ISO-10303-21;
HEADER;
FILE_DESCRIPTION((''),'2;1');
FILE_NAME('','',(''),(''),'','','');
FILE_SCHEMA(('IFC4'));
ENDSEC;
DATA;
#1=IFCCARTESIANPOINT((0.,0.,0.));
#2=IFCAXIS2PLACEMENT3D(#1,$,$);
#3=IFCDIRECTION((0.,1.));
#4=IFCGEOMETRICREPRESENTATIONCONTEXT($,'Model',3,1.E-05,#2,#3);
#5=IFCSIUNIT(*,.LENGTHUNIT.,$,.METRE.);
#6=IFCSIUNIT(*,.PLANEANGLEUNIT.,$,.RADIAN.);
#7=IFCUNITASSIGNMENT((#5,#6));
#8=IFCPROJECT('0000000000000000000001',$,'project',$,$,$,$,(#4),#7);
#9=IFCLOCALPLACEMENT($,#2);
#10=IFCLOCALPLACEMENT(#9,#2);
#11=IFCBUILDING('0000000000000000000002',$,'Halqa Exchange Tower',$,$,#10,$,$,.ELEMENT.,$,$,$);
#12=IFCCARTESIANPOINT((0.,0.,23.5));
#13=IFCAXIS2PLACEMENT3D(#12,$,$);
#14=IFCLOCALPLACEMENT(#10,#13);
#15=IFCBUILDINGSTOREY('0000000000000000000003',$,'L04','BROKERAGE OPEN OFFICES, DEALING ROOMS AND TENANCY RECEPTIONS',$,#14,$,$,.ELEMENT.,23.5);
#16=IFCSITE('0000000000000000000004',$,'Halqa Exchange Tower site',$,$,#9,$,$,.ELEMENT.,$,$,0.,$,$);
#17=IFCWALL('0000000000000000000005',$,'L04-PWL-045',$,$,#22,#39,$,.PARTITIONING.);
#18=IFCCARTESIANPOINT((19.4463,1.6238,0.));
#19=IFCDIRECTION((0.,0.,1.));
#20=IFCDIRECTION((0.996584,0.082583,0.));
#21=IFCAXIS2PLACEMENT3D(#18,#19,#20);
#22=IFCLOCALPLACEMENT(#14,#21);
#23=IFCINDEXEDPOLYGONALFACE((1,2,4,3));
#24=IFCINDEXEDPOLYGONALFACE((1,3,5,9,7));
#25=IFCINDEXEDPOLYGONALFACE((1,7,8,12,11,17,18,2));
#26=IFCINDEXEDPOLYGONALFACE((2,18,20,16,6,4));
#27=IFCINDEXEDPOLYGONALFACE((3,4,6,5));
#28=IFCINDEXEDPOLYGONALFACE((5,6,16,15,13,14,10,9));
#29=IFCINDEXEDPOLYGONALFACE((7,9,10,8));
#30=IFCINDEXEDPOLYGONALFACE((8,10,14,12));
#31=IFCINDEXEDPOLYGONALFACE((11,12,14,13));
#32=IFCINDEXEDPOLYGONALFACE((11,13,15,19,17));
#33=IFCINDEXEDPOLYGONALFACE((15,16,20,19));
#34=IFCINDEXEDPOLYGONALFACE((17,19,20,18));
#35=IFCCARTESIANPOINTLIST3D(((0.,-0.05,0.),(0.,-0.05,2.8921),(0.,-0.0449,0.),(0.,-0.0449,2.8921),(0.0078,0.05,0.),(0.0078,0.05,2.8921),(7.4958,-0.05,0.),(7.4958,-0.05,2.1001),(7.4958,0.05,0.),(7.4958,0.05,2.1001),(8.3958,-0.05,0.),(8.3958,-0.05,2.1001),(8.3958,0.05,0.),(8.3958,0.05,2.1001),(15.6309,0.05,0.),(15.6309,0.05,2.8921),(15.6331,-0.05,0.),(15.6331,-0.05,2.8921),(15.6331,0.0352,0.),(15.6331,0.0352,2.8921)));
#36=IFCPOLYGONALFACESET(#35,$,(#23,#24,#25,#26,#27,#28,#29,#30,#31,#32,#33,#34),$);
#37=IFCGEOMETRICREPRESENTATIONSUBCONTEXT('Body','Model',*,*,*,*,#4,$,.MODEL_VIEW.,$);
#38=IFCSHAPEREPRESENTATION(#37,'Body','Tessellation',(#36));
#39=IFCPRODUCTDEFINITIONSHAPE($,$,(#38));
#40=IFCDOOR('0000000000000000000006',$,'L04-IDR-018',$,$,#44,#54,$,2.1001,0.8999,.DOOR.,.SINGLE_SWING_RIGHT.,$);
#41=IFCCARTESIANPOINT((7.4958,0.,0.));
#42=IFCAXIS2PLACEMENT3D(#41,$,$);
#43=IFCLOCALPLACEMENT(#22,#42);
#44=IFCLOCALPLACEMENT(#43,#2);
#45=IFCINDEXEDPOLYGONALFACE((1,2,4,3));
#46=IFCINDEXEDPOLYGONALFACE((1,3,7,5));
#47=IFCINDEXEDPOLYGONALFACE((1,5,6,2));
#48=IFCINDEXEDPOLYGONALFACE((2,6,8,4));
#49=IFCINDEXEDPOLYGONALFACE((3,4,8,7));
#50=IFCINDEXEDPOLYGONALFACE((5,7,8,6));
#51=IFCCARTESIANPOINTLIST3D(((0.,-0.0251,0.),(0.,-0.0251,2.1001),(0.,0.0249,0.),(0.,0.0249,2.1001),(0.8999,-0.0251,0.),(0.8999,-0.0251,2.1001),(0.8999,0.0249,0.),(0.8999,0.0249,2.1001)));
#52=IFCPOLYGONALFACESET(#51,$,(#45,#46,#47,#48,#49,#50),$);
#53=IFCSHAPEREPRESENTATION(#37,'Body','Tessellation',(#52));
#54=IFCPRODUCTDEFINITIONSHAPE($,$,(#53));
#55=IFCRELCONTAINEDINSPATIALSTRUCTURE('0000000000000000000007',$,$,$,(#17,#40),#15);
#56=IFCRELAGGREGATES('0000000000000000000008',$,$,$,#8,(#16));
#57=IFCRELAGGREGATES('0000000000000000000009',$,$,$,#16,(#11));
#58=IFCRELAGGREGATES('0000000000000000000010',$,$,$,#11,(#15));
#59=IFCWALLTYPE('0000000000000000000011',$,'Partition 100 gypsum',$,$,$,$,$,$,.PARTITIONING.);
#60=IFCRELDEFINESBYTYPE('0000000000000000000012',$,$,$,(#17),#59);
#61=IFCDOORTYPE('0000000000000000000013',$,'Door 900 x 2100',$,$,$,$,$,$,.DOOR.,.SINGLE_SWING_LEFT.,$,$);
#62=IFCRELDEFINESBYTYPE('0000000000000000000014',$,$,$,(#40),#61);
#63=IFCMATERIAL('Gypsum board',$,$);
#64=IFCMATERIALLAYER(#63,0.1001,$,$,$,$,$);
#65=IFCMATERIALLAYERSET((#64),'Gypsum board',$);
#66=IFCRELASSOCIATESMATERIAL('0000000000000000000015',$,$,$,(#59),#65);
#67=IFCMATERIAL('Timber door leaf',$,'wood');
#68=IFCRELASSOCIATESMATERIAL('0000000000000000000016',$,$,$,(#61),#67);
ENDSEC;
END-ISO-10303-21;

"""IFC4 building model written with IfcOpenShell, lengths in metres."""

from ifc_helpers import new_model, si_unit, direction, frame, frame_2d, origin, place, context, subcontext, project, spatial, polyline, rectangle, outline, extrude, material, layer, layer_set, type_object, element, fill, save


model = new_model("IFC4")

# Units and contexts
model_context = context("Model", 3, precision=1e-05, world=origin(), true_north=direction((0.0, 1.0)))
body_context = subcontext(model_context, "Body", "Model", "MODEL_VIEW")
ifc_project = project(units=[si_unit("LENGTHUNIT", "METRE"), si_unit("PLANEANGLEUNIT", "RADIAN")], contexts=[model_context])

# Site, building, storey
site_placement = place(None, origin())
site = spatial("IfcSite", under=ifc_project, at=site_placement, Name="Halqa Exchange Tower site", CompositionType="ELEMENT", RefElevation=0.0)
building_placement = place(site_placement, origin())
building = spatial("IfcBuilding", under=site, at=building_placement, Name="Halqa Exchange Tower", CompositionType="ELEMENT")
storey_placement = place(building_placement, frame((0.0, 0.0, 23.5)))
storey = spatial("IfcBuildingStorey", under=building, at=storey_placement, Name="L04", Description="BROKERAGE OPEN OFFICES, DEALING ROOMS AND TENANCY RECEPTIONS", CompositionType="ELEMENT", Elevation=23.5)

# Wall, opening, door
ifc_material_1 = material(Name="Gypsum board")
ifc_layer_1 = layer(ifc_material_1, 0.1001)
ifc_layer_set_1 = layer_set([ifc_layer_1], Name="Gypsum board")
wall_type_1 = type_object("IfcWallType", Name="Partition 100 gypsum", PredefinedType="PARTITIONING", material=ifc_layer_set_1)
wall_1_placement = place(storey_placement, frame((19.4463, 1.6238, 0.0), z_axis=(0.0, 0.0, 1.0), x_axis=(0.996584, 0.082583, 0.0)))
wall_1 = element("IfcWall", 1, at=wall_1_placement, inside=storey, type_object=wall_type_1, Name="L04-PWL-045", PredefinedType="PARTITIONING", context=body_context, shape_type="SweptSolid", body=[
    extrude(outline(polyline([(15.6331, -0.05), (15.6331, 0.0352), (15.6309, 0.05), (13.678, 0.05), (11.7251, 0.05), (9.7722, 0.05), (7.8193, 0.05), (5.8665, 0.05), (3.9136, 0.05), (1.9607, 0.05), (0.0078, 0.05), (0.0, -0.0449), (0.0, -0.05), (1.9541, -0.05), (3.9082, -0.05), (5.8623, -0.05), (7.8164, -0.05), (9.7708, -0.05), (11.7249, -0.05), (13.679, -0.05), (15.6331, -0.05)])), origin(), (0.0, 0.0, 1.0), 2.8921),
])
opening_1_placement = place(wall_1_placement, frame((7.4958, 0.0, 0.0)))
opening_1 = element("IfcOpeningElement", 2, at=opening_1_placement, cuts=wall_1, PredefinedType="OPENING", context=body_context, shape_type="SweptSolid", body=[
    extrude(rectangle(XDim=0.8999, YDim=2.1001, at=frame_2d((0.45, 1.05))), frame((0.0, 0.062, 0.0), z_axis=(0.0, -1.0, 0.0), x_axis=(1.0, 0.0, 0.0)), (0.0, 0.0, 1.0), 0.124),
])
ifc_material_2 = material(Name="Timber door leaf", Category="wood")
door_type_1 = type_object("IfcDoorType", Name="Door 900 x 2100", OperationType="SINGLE_SWING_LEFT", PredefinedType="DOOR", material=ifc_material_2)
door_1_placement = place(opening_1_placement, origin())
door_1 = element("IfcDoor", 3, at=door_1_placement, inside=storey, type_object=door_type_1, Name="L04-IDR-018", OperationType="SINGLE_SWING_RIGHT", OverallHeight=2.1001, OverallWidth=0.8999, PredefinedType="DOOR", context=body_context, shape_type="SweptSolid", body=[
    extrude(rectangle(XDim=0.8999, YDim=2.1001, at=frame_2d((0.45, 1.05))), frame((0.0, 0.0249, 0.0), z_axis=(0.0, -1.0, 0.0), x_axis=(1.0, 0.0, 0.0)), (0.0, 0.0, 1.0), 0.05),
])
fill(opening_1, door_1)

save(model, "model.ifc")
